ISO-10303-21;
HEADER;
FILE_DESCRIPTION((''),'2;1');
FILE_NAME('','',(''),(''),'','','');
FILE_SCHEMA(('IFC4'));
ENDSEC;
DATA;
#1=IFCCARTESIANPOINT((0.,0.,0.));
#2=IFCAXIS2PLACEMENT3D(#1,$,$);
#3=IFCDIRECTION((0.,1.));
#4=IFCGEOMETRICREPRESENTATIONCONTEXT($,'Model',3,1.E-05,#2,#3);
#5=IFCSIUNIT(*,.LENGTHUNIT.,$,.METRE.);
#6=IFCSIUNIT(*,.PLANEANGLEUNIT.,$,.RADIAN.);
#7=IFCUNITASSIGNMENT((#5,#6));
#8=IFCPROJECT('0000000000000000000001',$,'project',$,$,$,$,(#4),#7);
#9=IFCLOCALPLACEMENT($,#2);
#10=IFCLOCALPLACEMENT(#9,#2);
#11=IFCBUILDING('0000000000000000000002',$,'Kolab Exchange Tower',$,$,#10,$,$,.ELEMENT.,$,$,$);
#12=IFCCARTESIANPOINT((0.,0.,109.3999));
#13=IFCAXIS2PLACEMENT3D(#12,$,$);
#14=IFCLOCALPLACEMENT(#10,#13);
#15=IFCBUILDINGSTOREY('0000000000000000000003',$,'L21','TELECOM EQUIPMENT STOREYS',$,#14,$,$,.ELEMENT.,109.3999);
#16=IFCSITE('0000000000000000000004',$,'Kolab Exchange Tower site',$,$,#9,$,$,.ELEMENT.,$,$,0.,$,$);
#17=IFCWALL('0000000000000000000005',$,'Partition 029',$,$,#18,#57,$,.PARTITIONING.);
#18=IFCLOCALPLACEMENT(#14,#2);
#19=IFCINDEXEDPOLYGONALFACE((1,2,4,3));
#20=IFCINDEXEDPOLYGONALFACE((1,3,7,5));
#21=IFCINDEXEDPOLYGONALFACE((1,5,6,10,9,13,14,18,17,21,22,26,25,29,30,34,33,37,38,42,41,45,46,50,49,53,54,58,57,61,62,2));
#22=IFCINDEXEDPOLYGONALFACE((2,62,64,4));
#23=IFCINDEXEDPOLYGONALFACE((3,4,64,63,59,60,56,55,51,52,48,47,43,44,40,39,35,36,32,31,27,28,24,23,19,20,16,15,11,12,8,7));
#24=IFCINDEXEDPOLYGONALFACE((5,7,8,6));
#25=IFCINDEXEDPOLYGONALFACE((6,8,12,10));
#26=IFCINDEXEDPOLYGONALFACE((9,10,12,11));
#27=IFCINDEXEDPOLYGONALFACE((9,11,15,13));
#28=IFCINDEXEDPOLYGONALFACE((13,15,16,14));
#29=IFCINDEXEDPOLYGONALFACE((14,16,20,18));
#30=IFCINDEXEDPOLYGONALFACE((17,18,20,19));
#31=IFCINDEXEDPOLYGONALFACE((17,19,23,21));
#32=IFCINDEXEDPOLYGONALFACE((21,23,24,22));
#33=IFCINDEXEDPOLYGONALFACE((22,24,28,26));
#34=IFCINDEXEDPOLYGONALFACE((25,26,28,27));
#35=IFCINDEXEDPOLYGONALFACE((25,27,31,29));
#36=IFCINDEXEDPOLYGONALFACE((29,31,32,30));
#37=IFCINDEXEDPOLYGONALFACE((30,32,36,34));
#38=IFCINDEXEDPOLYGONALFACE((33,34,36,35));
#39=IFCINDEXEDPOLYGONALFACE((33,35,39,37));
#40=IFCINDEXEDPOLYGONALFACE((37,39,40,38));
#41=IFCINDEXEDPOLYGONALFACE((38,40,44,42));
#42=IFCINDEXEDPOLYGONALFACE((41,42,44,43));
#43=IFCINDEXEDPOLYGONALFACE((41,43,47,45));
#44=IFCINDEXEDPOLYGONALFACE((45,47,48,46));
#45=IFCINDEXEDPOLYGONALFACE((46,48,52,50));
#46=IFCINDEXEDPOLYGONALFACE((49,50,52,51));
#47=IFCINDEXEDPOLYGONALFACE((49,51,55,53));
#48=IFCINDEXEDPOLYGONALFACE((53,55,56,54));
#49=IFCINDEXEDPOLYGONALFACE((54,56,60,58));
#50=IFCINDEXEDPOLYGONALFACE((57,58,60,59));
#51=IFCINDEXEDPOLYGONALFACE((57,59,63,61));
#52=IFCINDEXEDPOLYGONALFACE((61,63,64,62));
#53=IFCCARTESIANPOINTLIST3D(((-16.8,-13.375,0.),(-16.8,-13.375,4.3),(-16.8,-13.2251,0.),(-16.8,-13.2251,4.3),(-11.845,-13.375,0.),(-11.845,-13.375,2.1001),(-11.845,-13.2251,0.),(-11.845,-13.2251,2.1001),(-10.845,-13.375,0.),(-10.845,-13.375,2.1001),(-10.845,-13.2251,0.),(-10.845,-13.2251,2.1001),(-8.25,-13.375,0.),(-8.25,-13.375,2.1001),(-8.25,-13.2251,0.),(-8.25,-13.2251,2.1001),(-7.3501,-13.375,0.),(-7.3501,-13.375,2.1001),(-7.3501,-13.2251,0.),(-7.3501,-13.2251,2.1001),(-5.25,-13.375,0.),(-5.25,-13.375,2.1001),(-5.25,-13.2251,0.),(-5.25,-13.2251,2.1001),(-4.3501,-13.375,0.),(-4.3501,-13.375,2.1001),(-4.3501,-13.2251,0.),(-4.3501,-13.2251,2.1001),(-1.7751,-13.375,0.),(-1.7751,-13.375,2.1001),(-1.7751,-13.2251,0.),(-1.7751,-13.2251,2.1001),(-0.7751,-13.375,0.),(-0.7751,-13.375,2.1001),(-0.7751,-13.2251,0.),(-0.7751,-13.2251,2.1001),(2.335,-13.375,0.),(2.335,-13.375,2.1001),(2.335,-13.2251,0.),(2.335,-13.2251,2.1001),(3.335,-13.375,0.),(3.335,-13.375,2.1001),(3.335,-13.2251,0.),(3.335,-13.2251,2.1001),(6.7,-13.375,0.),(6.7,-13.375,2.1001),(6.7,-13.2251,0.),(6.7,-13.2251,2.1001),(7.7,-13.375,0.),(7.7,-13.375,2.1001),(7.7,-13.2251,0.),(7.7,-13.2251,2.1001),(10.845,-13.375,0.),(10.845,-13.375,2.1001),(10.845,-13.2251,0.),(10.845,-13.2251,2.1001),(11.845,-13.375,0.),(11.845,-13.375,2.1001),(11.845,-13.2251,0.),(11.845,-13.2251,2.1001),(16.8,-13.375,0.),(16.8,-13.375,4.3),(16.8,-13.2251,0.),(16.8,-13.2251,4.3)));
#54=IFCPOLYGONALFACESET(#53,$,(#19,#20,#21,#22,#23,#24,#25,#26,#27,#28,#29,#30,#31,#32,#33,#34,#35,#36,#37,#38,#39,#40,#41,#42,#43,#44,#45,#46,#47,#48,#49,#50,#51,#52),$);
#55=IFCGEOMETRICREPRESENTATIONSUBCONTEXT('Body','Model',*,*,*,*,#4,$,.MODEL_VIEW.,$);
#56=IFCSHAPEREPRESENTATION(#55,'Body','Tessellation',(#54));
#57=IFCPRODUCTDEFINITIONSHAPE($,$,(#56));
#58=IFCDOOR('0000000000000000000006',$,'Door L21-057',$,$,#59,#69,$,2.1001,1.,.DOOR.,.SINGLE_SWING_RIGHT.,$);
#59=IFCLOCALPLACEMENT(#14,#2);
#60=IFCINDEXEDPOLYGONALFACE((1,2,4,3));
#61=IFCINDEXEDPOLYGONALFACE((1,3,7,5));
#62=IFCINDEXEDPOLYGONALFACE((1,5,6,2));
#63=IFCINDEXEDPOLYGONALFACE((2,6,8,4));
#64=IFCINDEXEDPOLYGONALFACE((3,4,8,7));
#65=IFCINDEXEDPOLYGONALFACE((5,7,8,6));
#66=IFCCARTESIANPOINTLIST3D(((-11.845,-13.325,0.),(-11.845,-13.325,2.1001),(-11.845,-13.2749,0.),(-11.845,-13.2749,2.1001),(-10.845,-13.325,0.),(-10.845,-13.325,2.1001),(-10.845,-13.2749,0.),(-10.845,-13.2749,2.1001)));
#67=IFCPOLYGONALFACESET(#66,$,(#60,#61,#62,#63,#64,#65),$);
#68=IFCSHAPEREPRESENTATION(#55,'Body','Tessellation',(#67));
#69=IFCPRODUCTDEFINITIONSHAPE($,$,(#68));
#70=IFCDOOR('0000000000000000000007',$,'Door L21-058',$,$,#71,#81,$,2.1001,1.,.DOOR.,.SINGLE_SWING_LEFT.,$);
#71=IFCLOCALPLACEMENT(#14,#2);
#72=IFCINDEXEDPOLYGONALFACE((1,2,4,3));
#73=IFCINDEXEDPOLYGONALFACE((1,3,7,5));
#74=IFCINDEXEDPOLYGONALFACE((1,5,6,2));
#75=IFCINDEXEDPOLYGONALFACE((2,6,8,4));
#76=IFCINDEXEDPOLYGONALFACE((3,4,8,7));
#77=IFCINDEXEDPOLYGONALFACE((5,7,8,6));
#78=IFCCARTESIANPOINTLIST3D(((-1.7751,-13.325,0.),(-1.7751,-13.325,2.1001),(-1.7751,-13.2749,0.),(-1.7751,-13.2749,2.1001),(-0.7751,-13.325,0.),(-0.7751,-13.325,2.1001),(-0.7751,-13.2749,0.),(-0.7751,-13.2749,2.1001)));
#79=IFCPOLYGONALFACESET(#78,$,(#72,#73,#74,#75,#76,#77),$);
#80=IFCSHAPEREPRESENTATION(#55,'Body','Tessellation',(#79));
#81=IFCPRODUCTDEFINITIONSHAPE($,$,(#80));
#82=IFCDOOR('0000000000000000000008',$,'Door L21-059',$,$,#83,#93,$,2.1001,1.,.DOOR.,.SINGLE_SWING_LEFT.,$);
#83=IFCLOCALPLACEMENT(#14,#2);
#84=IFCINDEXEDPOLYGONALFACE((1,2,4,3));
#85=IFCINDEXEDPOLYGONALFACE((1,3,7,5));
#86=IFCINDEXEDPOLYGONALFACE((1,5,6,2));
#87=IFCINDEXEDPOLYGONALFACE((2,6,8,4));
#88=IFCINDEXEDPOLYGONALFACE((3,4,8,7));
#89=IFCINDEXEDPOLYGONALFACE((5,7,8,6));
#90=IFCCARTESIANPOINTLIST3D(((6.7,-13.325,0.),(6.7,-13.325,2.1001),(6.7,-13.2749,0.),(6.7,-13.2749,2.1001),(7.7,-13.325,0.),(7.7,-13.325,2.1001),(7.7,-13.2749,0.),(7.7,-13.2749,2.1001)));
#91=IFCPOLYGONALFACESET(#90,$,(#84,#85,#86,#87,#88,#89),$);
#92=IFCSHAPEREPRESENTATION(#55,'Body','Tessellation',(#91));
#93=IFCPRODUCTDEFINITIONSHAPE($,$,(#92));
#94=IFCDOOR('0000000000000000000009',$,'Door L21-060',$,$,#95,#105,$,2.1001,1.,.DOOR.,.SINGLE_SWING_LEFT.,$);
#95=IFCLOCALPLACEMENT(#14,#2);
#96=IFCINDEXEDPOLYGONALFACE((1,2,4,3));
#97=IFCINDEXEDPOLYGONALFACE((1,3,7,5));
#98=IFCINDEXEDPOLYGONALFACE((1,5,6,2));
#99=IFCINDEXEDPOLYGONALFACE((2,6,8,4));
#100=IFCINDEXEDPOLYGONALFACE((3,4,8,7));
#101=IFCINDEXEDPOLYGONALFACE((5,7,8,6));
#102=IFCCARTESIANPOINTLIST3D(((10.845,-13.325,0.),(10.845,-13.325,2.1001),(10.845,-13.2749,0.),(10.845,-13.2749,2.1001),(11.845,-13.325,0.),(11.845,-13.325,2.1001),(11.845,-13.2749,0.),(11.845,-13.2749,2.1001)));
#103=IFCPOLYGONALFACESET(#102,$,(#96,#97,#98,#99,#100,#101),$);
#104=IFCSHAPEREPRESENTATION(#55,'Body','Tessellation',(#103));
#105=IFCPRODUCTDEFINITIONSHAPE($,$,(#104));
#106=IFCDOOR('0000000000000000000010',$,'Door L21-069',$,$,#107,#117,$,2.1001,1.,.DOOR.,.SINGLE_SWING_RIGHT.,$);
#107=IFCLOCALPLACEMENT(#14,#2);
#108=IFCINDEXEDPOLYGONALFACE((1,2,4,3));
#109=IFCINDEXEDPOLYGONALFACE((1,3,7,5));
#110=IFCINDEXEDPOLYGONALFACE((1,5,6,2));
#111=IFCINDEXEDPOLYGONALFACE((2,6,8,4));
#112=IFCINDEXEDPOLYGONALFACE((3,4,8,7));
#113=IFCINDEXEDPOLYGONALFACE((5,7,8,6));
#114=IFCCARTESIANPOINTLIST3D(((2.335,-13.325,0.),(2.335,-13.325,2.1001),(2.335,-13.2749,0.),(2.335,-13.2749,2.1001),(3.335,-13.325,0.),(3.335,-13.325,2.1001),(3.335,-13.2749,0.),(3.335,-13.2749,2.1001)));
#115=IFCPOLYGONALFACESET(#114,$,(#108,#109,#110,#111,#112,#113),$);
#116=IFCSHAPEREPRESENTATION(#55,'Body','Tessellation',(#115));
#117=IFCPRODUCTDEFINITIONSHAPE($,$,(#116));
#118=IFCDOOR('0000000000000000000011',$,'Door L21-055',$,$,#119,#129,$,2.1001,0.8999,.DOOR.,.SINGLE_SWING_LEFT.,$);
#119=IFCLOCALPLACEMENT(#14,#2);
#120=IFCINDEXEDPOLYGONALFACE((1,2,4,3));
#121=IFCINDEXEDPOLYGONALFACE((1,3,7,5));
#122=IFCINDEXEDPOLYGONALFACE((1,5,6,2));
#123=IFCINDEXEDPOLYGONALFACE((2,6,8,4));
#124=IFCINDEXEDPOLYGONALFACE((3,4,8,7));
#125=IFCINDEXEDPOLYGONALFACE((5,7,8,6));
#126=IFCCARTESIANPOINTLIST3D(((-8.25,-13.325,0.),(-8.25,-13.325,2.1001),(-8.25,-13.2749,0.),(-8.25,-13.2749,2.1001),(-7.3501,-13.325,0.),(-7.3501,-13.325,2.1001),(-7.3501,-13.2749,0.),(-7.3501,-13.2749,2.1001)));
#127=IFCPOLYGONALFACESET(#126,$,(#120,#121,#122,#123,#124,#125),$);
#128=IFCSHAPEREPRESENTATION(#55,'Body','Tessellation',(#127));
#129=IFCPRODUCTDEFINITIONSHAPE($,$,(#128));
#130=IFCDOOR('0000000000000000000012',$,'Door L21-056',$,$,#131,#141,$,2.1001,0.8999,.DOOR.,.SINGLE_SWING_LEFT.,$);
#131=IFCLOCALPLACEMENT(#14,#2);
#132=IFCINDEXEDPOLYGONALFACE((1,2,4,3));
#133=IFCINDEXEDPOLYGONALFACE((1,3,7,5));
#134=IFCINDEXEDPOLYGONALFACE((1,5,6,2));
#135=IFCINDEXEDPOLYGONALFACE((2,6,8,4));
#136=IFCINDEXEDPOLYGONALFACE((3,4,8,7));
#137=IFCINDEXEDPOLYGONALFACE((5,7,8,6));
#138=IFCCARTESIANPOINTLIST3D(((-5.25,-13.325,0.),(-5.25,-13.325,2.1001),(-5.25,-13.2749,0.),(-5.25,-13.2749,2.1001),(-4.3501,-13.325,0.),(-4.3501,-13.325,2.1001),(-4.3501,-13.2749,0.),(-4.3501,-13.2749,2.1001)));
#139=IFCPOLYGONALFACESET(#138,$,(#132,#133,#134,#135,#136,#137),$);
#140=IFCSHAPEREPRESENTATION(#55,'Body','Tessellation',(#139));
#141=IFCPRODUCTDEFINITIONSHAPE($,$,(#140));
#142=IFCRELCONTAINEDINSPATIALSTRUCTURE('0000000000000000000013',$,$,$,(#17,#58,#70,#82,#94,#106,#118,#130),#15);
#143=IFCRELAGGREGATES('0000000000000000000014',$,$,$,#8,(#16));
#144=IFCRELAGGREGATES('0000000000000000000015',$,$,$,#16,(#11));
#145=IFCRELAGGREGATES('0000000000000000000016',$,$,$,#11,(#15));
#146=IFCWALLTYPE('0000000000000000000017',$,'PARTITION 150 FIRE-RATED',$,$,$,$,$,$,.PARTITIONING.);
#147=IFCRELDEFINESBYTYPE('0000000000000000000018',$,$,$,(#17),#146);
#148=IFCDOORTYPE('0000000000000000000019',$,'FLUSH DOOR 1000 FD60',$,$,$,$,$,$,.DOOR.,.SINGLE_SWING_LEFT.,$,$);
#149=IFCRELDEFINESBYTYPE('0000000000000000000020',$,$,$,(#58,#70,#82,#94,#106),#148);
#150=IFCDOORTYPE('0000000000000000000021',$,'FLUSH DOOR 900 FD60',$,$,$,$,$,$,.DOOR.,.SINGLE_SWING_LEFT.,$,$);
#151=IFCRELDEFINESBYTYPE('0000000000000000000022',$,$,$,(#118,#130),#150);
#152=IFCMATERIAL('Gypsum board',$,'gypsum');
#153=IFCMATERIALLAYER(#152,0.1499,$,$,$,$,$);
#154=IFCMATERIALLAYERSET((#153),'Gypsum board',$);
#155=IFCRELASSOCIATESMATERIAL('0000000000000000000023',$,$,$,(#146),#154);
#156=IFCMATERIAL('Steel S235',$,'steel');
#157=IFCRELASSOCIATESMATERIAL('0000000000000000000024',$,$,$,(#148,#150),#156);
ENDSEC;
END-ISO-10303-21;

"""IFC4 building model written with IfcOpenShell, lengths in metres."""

from ifc_helpers import new_model, si_unit, direction, frame, frame_2d, origin, place, context, subcontext, project, spatial, rectangle, extrude, material, layer, layer_set, type_object, element, fill, save


model = new_model("IFC4")

# Units and contexts
model_context = context("Model", 3, precision=1e-05, world=origin(), true_north=direction((0.0, 1.0)))
body_context = subcontext(model_context, "Body", "Model", "MODEL_VIEW")
ifc_project = project(units=[si_unit("LENGTHUNIT", "METRE"), si_unit("PLANEANGLEUNIT", "RADIAN")], contexts=[model_context])

# Site, building, storey
site_placement = place(None, origin())
site = spatial("IfcSite", under=ifc_project, at=site_placement, Name="Kolab Exchange Tower site", CompositionType="ELEMENT", RefElevation=0.0)
building_placement = place(site_placement, origin())
building = spatial("IfcBuilding", under=site, at=building_placement, Name="Kolab Exchange Tower", CompositionType="ELEMENT")
storey_placement = place(building_placement, frame((0.0, 0.0, 109.3999)))
storey = spatial("IfcBuildingStorey", under=building, at=storey_placement, Name="L21", Description="TELECOM EQUIPMENT STOREYS", CompositionType="ELEMENT", Elevation=109.3999)

# Wall, openings, doors
ifc_material_1 = material(Name="Gypsum board", Category="gypsum")
ifc_layer_1 = layer(ifc_material_1, 0.1499)
ifc_layer_set_1 = layer_set([ifc_layer_1], Name="Gypsum board")
wall_type_1 = type_object("IfcWallType", Name="PARTITION 150 FIRE-RATED", PredefinedType="PARTITIONING", material=ifc_layer_set_1)
ifc_material_2 = material(Name="Steel S235", Category="steel")
door_type_1 = type_object("IfcDoorType", Name="FLUSH DOOR 1000 FD60", OperationType="SINGLE_SWING_LEFT", PredefinedType="DOOR", material=ifc_material_2)
wall_1_placement = place(storey_placement, frame((-16.8, -13.3, 0.0), z_axis=(0.0, 0.0, 1.0), x_axis=(1.0, 0.0, 0.0)))
wall_1 = element("IfcWall", 1, at=wall_1_placement, inside=storey, type_object=wall_type_1, Name="Partition 029", PredefinedType="PARTITIONING", context=body_context, shape_type="SweptSolid", body=[
    extrude(rectangle(XDim=33.6001, YDim=0.1499, at=frame_2d((16.8, 0.0))), origin(), (0.0, 0.0, 1.0), 4.3),
])
opening_1_placement = place(wall_1_placement, frame((8.55, 0.0, 0.0)))
opening_1 = element("IfcOpeningElement", 2, at=opening_1_placement, cuts=wall_1, PredefinedType="OPENING", context=body_context, shape_type="SweptSolid", body=[
    extrude(rectangle(XDim=0.8999, YDim=2.1001, at=frame_2d((0.45, 1.05))), frame((0.0, 0.085, 0.0), z_axis=(0.0, -1.0, 0.0), x_axis=(1.0, 0.0, 0.0)), (0.0, 0.0, 1.0), 0.1699),
])
opening_2_placement = place(wall_1_placement, frame((11.55, 0.0, 0.0)))
opening_2 = element("IfcOpeningElement", 3, at=opening_2_placement, cuts=wall_1, PredefinedType="OPENING", context=body_context, shape_type="SweptSolid", body=[
    extrude(rectangle(XDim=0.8999, YDim=2.1001, at=frame_2d((0.45, 1.05))), frame((0.0, 0.085, 0.0), z_axis=(0.0, -1.0, 0.0), x_axis=(1.0, 0.0, 0.0)), (0.0, 0.0, 1.0), 0.1699),
])
opening_3_placement = place(wall_1_placement, frame((4.9551, 0.0, 0.0)))
opening_3 = element("IfcOpeningElement", 4, at=opening_3_placement, cuts=wall_1, PredefinedType="OPENING", context=body_context, shape_type="SweptSolid", body=[
    extrude(rectangle(XDim=1.0, YDim=2.1001, at=frame_2d((0.5, 1.05))), frame((0.0, 0.085, 0.0), z_axis=(0.0, -1.0, 0.0), x_axis=(1.0, 0.0, 0.0)), (0.0, 0.0, 1.0), 0.1699),
])
opening_4_placement = place(wall_1_placement, frame((15.0249, 0.0, 0.0)))
opening_4 = element("IfcOpeningElement", 5, at=opening_4_placement, cuts=wall_1, PredefinedType="OPENING", context=body_context, shape_type="SweptSolid", body=[
    extrude(rectangle(XDim=1.0, YDim=2.1001, at=frame_2d((0.5, 1.05))), frame((0.0, 0.085, 0.0), z_axis=(0.0, -1.0, 0.0), x_axis=(1.0, 0.0, 0.0)), (0.0, 0.0, 1.0), 0.1699),
])
opening_5_placement = place(wall_1_placement, frame((23.5, 0.0, 0.0)))
opening_5 = element("IfcOpeningElement", 6, at=opening_5_placement, cuts=wall_1, PredefinedType="OPENING", context=body_context, shape_type="SweptSolid", body=[
    extrude(rectangle(XDim=1.0, YDim=2.1001, at=frame_2d((0.5, 1.05))), frame((0.0, 0.085, 0.0), z_axis=(0.0, -1.0, 0.0), x_axis=(1.0, 0.0, 0.0)), (0.0, 0.0, 1.0), 0.1699),
])
opening_6_placement = place(wall_1_placement, frame((27.645, 0.0, 0.0)))
opening_6 = element("IfcOpeningElement", 7, at=opening_6_placement, cuts=wall_1, PredefinedType="OPENING", context=body_context, shape_type="SweptSolid", body=[
    extrude(rectangle(XDim=1.0, YDim=2.1001, at=frame_2d((0.5, 1.05))), frame((0.0, 0.085, 0.0), z_axis=(0.0, -1.0, 0.0), x_axis=(1.0, 0.0, 0.0)), (0.0, 0.0, 1.0), 0.1699),
])
opening_7_placement = place(wall_1_placement, frame((19.135, 0.0, 0.0)))
opening_7 = element("IfcOpeningElement", 8, at=opening_7_placement, cuts=wall_1, PredefinedType="OPENING", context=body_context, shape_type="SweptSolid", body=[
    extrude(rectangle(XDim=1.0, YDim=2.1001, at=frame_2d((0.5, 1.05))), frame((0.0, 0.085, 0.0), z_axis=(0.0, -1.0, 0.0), x_axis=(1.0, 0.0, 0.0)), (0.0, 0.0, 1.0), 0.1699),
])
door_1_placement = place(opening_3_placement, frame((1.0, 0.0, 0.0), z_axis=(0.0, 0.0, 1.0), x_axis=(-1.0, 0.0, 0.0)))
door_1 = element("IfcDoor", 9, at=door_1_placement, inside=storey, type_object=door_type_1, Name="Door L21-057", OperationType="SINGLE_SWING_RIGHT", OverallHeight=2.1001, OverallWidth=1.0, PredefinedType="DOOR", context=body_context, shape_type="SweptSolid", body=[
    extrude(rectangle(XDim=1.0, YDim=2.1001, at=frame_2d((0.5, 1.05))), frame((0.0, 0.0249, 0.0), z_axis=(0.0, -1.0, 0.0), x_axis=(1.0, 0.0, 0.0)), (0.0, 0.0, 1.0), 0.05),
])
fill(opening_3, door_1)
door_2_placement = place(opening_4_placement, frame((1.0, 0.0, 0.0), z_axis=(0.0, 0.0, 1.0), x_axis=(-1.0, 0.0, 0.0)))
door_2 = element("IfcDoor", 10, at=door_2_placement, inside=storey, type_object=door_type_1, Name="Door L21-058", OperationType="SINGLE_SWING_LEFT", OverallHeight=2.1001, OverallWidth=1.0, PredefinedType="DOOR", context=body_context, shape_type="SweptSolid", body=[
    extrude(rectangle(XDim=1.0, YDim=2.1001, at=frame_2d((0.5, 1.05))), frame((0.0, 0.0249, 0.0), z_axis=(0.0, -1.0, 0.0), x_axis=(1.0, 0.0, 0.0)), (0.0, 0.0, 1.0), 0.05),
])
fill(opening_4, door_2)
door_3_placement = place(opening_5_placement, frame((1.0, 0.0, 0.0), z_axis=(0.0, 0.0, 1.0), x_axis=(-1.0, 0.0, 0.0)))
door_3 = element("IfcDoor", 11, at=door_3_placement, inside=storey, type_object=door_type_1, Name="Door L21-059", OperationType="SINGLE_SWING_LEFT", OverallHeight=2.1001, OverallWidth=1.0, PredefinedType="DOOR", context=body_context, shape_type="SweptSolid", body=[
    extrude(rectangle(XDim=1.0, YDim=2.1001, at=frame_2d((0.5, 1.05))), frame((0.0, 0.0249, 0.0), z_axis=(0.0, -1.0, 0.0), x_axis=(1.0, 0.0, 0.0)), (0.0, 0.0, 1.0), 0.05),
])
fill(opening_5, door_3)
door_4_placement = place(opening_6_placement, frame((1.0, 0.0, 0.0), z_axis=(0.0, 0.0, 1.0), x_axis=(-1.0, 0.0, 0.0)))
door_4 = element("IfcDoor", 12, at=door_4_placement, inside=storey, type_object=door_type_1, Name="Door L21-060", OperationType="SINGLE_SWING_LEFT", OverallHeight=2.1001, OverallWidth=1.0, PredefinedType="DOOR", context=body_context, shape_type="SweptSolid", body=[
    extrude(rectangle(XDim=1.0, YDim=2.1001, at=frame_2d((0.5, 1.05))), frame((0.0, 0.0249, 0.0), z_axis=(0.0, -1.0, 0.0), x_axis=(1.0, 0.0, 0.0)), (0.0, 0.0, 1.0), 0.05),
])
fill(opening_6, door_4)
door_5_placement = place(opening_7_placement, frame((1.0, 0.0, 0.0), z_axis=(0.0, 0.0, 1.0), x_axis=(-1.0, 0.0, 0.0)))
door_5 = element("IfcDoor", 13, at=door_5_placement, inside=storey, type_object=door_type_1, Name="Door L21-069", OperationType="SINGLE_SWING_RIGHT", OverallHeight=2.1001, OverallWidth=1.0, PredefinedType="DOOR", context=body_context, shape_type="SweptSolid", body=[
    extrude(rectangle(XDim=1.0, YDim=2.1001, at=frame_2d((0.5, 1.05))), frame((0.0, 0.0249, 0.0), z_axis=(0.0, -1.0, 0.0), x_axis=(1.0, 0.0, 0.0)), (0.0, 0.0, 1.0), 0.05),
])
fill(opening_7, door_5)
door_type_2 = type_object("IfcDoorType", Name="FLUSH DOOR 900 FD60", OperationType="SINGLE_SWING_LEFT", PredefinedType="DOOR", material=ifc_material_2)
door_6_placement = place(opening_1_placement, frame((0.8999, 0.0, 0.0), z_axis=(0.0, 0.0, 1.0), x_axis=(-1.0, 0.0, 0.0)))
door_6 = element("IfcDoor", 14, at=door_6_placement, inside=storey, type_object=door_type_2, Name="Door L21-055", OperationType="SINGLE_SWING_LEFT", OverallHeight=2.1001, OverallWidth=0.8999, PredefinedType="DOOR", context=body_context, shape_type="SweptSolid", body=[
    extrude(rectangle(XDim=0.8999, YDim=2.1001, at=frame_2d((0.45, 1.05))), frame((0.0, 0.0249, 0.0), z_axis=(0.0, -1.0, 0.0), x_axis=(1.0, 0.0, 0.0)), (0.0, 0.0, 1.0), 0.05),
])
fill(opening_1, door_6)
door_7_placement = place(opening_2_placement, frame((0.8999, 0.0, 0.0), z_axis=(0.0, 0.0, 1.0), x_axis=(-1.0, 0.0, 0.0)))
door_7 = element("IfcDoor", 15, at=door_7_placement, inside=storey, type_object=door_type_2, Name="Door L21-056", OperationType="SINGLE_SWING_LEFT", OverallHeight=2.1001, OverallWidth=0.8999, PredefinedType="DOOR", context=body_context, shape_type="SweptSolid", body=[
    extrude(rectangle(XDim=0.8999, YDim=2.1001, at=frame_2d((0.45, 1.05))), frame((0.0, 0.0249, 0.0), z_axis=(0.0, -1.0, 0.0), x_axis=(1.0, 0.0, 0.0)), (0.0, 0.0, 1.0), 0.05),
])
fill(opening_2, door_7)

save(model, "model.ifc")
